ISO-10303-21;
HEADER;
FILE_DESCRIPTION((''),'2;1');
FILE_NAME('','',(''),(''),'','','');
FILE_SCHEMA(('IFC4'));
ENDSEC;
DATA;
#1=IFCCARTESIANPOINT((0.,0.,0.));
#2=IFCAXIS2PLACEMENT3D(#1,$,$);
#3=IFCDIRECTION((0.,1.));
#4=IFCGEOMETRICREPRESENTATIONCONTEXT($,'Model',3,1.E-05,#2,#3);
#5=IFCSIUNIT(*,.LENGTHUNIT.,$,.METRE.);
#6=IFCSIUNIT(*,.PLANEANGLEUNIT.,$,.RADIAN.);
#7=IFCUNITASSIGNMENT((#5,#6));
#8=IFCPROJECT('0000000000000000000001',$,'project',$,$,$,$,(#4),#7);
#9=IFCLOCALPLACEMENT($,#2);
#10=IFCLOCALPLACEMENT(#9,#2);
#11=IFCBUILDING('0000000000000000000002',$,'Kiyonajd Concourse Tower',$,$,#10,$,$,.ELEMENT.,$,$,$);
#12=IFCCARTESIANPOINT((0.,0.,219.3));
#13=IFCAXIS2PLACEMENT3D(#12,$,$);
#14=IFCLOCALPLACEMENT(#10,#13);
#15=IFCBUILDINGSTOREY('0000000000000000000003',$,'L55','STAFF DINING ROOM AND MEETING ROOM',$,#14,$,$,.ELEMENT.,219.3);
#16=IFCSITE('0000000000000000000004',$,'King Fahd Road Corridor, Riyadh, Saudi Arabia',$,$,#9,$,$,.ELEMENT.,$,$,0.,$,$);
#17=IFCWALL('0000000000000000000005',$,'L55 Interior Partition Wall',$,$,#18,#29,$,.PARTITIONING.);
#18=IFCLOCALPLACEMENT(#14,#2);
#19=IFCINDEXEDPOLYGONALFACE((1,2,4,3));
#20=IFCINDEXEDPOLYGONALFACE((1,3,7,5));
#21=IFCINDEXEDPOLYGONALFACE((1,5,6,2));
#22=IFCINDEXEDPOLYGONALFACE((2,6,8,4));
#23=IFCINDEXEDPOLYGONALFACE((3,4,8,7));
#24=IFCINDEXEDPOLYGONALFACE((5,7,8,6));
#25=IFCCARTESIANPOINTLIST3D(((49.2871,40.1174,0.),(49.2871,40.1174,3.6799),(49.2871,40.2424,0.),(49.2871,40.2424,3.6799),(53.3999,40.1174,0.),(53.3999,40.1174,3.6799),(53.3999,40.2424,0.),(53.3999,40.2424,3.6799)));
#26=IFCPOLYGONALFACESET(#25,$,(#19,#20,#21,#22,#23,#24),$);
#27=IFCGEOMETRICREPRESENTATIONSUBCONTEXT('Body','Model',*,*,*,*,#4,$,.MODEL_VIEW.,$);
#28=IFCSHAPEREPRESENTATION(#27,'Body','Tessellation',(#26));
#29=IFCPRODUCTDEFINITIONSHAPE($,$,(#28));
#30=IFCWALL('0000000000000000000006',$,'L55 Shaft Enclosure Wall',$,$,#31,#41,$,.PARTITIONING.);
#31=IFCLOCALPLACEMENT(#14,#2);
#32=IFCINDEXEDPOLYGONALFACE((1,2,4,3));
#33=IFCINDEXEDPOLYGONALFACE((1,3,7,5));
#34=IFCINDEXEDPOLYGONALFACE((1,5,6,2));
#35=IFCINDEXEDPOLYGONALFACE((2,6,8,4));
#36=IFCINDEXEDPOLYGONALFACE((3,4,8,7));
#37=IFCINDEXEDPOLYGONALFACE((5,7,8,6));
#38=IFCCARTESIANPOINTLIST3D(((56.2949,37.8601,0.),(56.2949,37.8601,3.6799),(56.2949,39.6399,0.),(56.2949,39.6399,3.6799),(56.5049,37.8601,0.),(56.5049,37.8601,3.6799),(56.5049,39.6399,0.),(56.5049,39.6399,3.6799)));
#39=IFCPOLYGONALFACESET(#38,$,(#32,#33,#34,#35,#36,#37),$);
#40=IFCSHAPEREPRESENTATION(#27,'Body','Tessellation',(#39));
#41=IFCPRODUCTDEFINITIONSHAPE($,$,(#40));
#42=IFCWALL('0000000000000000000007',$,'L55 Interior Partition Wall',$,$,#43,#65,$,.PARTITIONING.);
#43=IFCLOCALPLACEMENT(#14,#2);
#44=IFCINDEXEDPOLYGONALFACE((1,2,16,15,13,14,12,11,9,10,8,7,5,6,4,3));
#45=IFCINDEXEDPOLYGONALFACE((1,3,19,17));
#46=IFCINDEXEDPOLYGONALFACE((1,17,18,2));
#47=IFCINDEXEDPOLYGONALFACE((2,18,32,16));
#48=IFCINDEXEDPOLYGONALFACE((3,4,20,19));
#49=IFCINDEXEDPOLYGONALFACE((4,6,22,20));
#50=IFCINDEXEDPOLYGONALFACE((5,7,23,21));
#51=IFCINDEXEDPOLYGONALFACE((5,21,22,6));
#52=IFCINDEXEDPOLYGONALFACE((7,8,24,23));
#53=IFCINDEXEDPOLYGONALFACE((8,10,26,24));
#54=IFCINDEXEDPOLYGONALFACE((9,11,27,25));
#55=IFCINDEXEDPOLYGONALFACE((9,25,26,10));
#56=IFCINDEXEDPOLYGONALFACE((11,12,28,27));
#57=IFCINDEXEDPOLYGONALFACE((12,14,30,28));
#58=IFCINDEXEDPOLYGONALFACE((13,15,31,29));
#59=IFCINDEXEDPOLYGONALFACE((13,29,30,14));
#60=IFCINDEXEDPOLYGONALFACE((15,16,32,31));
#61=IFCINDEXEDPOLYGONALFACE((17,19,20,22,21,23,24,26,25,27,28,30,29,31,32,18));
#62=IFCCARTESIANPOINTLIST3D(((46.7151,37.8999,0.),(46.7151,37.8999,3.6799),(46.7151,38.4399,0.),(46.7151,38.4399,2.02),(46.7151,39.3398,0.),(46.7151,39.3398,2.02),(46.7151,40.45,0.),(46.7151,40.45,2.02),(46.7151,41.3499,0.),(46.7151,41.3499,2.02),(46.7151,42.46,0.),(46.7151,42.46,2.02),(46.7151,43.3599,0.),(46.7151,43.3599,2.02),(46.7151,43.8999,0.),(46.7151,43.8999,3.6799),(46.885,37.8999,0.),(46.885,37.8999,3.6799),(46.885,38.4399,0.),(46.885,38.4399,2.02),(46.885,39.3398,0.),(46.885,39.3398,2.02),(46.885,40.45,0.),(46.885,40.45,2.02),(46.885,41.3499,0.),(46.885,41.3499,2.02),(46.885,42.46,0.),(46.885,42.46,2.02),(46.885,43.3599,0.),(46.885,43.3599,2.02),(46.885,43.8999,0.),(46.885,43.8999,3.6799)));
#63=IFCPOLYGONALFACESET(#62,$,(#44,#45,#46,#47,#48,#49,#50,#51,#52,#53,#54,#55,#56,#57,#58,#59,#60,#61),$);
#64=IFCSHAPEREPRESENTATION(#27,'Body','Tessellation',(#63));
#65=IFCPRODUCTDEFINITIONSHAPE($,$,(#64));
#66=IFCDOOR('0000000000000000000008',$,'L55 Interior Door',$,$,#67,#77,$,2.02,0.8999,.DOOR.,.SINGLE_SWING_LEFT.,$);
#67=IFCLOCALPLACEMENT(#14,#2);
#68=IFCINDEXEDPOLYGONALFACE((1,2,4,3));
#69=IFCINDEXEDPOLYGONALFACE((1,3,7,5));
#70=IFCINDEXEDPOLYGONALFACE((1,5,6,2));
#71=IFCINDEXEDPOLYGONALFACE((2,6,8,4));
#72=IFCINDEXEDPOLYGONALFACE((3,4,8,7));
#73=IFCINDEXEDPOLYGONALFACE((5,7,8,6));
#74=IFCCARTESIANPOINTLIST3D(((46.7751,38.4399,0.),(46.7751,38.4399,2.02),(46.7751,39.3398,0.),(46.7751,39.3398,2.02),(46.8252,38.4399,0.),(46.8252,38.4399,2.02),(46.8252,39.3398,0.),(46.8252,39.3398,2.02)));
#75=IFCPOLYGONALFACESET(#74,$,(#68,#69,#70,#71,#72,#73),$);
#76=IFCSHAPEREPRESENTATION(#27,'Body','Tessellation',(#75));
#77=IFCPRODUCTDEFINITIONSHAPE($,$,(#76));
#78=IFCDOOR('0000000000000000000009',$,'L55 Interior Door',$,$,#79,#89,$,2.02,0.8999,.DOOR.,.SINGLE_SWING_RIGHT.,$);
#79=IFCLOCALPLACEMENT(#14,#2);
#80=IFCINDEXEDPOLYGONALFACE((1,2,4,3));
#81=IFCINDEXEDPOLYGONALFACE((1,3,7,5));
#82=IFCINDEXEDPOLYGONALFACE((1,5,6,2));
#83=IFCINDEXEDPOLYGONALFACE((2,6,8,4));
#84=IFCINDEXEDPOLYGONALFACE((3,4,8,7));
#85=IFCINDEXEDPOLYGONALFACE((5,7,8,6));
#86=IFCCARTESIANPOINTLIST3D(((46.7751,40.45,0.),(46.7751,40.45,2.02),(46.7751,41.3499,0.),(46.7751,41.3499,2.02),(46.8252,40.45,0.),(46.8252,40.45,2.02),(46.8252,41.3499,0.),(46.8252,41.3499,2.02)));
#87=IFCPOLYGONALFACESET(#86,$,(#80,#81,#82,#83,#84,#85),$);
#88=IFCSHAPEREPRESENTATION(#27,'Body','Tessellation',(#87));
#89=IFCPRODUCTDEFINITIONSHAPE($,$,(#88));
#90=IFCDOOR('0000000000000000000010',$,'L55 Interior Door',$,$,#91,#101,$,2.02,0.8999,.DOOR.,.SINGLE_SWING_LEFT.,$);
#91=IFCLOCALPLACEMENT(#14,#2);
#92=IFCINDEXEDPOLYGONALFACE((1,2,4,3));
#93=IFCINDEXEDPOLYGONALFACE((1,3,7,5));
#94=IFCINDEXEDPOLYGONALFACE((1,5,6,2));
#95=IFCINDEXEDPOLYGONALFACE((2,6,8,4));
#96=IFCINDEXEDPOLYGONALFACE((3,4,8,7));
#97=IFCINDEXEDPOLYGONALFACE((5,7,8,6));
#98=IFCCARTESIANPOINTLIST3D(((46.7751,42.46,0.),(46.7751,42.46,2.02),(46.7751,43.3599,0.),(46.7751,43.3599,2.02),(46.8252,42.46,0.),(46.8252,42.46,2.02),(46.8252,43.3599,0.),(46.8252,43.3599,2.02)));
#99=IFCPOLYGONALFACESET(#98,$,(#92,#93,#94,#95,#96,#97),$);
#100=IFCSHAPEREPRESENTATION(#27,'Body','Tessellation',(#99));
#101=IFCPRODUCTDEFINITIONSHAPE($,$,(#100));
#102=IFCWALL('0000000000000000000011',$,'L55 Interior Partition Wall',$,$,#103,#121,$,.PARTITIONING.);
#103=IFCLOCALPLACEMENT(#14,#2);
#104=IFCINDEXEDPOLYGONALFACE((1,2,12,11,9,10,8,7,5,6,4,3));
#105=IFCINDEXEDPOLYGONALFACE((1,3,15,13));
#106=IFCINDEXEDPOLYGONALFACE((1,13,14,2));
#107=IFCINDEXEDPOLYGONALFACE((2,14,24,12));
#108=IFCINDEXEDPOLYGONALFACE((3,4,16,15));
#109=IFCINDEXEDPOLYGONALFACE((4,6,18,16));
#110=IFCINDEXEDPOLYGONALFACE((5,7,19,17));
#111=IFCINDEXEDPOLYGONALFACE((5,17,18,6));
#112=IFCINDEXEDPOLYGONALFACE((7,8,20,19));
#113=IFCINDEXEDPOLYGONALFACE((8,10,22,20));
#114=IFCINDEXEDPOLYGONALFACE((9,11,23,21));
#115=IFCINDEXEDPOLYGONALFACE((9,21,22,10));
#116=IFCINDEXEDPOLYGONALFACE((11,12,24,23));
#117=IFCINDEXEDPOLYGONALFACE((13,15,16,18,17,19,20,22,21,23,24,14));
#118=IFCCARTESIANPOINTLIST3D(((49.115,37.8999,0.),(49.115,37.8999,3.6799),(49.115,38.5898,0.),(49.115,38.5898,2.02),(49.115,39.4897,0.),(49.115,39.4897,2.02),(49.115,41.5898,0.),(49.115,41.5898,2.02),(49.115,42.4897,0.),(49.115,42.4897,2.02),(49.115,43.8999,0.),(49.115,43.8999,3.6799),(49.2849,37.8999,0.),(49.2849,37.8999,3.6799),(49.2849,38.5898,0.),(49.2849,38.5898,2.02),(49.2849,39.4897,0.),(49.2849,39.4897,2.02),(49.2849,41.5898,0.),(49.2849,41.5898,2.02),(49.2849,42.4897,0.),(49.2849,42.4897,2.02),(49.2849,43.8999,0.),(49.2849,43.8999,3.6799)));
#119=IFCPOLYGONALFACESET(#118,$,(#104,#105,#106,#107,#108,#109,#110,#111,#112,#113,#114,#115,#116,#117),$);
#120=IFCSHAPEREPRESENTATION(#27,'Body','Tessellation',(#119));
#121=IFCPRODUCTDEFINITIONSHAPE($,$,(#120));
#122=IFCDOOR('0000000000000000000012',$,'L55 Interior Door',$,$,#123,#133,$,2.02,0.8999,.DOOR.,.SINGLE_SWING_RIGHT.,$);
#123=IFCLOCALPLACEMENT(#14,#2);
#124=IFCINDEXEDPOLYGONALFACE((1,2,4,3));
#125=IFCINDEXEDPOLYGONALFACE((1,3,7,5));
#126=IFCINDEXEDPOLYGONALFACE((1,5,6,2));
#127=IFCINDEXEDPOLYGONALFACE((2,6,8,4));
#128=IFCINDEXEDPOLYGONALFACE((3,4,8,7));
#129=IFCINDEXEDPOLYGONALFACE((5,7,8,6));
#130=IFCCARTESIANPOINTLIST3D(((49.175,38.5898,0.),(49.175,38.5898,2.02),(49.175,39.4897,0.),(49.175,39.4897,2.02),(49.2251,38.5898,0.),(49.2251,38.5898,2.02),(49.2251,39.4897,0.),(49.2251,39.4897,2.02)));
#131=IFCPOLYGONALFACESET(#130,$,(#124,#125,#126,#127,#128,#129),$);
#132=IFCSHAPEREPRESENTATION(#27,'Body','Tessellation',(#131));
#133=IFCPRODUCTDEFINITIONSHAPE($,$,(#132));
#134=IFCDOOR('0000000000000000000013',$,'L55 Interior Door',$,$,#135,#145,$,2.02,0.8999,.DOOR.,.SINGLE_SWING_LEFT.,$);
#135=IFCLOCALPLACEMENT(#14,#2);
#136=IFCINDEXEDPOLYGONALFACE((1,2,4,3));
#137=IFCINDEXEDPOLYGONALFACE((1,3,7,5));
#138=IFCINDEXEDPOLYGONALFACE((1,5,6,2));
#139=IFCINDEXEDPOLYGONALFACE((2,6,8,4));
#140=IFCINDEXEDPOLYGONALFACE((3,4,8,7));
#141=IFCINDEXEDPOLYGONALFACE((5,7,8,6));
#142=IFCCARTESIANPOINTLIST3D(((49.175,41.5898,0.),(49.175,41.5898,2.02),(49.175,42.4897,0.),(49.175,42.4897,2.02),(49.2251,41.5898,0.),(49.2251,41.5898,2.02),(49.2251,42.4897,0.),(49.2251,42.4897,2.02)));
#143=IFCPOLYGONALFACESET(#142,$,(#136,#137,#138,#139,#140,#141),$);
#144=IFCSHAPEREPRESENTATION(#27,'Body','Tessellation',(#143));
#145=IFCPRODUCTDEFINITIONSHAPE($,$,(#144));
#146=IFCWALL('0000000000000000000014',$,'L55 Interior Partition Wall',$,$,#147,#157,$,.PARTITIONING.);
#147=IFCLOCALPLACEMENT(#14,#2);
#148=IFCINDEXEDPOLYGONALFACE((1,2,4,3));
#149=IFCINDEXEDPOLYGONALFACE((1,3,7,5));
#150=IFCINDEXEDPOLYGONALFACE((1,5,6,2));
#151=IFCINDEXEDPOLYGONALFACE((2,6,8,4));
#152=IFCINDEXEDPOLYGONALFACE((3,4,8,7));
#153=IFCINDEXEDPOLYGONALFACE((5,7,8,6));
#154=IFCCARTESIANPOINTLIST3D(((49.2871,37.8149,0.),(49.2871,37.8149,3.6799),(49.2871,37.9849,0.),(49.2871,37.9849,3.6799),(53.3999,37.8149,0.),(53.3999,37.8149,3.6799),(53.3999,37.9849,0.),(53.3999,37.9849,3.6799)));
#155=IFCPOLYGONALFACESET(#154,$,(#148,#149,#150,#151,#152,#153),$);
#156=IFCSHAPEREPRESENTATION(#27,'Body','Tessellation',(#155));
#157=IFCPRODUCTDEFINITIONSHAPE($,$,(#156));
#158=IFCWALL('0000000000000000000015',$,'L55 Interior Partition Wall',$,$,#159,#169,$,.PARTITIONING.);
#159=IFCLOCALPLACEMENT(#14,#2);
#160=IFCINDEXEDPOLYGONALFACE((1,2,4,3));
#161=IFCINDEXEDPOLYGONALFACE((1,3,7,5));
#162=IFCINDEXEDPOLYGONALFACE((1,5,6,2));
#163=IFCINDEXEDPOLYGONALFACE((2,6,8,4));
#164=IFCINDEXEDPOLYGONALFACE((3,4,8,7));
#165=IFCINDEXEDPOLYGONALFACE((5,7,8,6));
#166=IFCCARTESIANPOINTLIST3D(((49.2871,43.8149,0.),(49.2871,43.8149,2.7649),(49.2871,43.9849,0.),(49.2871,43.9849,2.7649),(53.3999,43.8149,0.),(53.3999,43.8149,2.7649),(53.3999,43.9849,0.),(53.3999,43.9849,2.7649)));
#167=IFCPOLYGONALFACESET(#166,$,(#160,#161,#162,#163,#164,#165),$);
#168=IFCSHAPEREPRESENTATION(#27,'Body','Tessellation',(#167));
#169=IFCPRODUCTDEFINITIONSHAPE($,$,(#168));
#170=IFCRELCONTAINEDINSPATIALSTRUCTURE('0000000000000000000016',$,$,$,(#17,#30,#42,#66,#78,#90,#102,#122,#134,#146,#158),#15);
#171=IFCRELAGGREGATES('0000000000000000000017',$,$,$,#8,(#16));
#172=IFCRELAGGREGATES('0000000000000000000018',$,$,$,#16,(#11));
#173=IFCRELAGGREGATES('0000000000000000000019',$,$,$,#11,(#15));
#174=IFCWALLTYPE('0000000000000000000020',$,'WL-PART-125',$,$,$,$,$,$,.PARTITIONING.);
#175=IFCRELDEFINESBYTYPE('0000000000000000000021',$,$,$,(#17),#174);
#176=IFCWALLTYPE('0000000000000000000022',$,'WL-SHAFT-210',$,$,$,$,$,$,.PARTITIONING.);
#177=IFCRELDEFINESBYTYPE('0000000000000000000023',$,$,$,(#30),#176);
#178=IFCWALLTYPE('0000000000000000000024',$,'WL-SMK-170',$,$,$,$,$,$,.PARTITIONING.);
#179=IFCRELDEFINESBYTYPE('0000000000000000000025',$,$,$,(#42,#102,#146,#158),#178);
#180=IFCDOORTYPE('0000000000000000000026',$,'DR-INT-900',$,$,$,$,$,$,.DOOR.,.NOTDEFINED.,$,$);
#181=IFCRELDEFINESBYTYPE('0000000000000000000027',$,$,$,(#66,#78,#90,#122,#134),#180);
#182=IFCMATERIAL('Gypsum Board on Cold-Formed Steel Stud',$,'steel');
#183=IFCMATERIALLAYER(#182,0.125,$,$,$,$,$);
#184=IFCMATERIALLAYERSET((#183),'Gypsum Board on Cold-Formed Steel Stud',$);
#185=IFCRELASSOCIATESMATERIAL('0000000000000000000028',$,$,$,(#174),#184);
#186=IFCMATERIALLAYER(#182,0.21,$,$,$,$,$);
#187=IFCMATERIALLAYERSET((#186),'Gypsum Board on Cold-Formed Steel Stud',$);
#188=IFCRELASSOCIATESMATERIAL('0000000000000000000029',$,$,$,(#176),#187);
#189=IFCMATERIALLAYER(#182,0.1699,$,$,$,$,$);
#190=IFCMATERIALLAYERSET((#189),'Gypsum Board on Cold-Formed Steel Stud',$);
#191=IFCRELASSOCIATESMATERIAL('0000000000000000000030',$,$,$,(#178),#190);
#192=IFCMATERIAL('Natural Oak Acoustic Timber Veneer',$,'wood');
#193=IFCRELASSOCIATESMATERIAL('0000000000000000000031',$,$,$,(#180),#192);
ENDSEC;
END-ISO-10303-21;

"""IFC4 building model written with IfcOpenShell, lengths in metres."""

from ifc_helpers import new_model, si_unit, direction, frame, frame_2d, origin, place, context, subcontext, project, spatial, rectangle, extrude, material, layer, layer_set, type_object, element, fill, save


model = new_model("IFC4")

# Units and contexts
model_context = context("Model", 3, precision=1e-05, world=origin(), true_north=direction((0.0, 1.0)))
body_context = subcontext(model_context, "Body", "Model", "MODEL_VIEW")
ifc_project = project(units=[si_unit("LENGTHUNIT", "METRE"), si_unit("PLANEANGLEUNIT", "RADIAN")], contexts=[model_context])

# Site, building, storey
site_placement = place(None, origin())
site = spatial("IfcSite", under=ifc_project, at=site_placement, Name="King Fahd Road Corridor, Riyadh, Saudi Arabia", CompositionType="ELEMENT", RefElevation=0.0)
building_placement = place(site_placement, origin())
building = spatial("IfcBuilding", under=site, at=building_placement, Name="Kiyonajd Concourse Tower", CompositionType="ELEMENT")
storey_placement = place(building_placement, frame((0.0, 0.0, 219.3)))
storey = spatial("IfcBuildingStorey", under=building, at=storey_placement, Name="L55", Description="STAFF DINING ROOM AND MEETING ROOM", CompositionType="ELEMENT", Elevation=219.3)

# Walls
ifc_material_1 = material(Name="Gypsum Board on Cold-Formed Steel Stud", Category="steel")
ifc_layer_1 = layer(ifc_material_1, 0.125)
ifc_layer_set_1 = layer_set([ifc_layer_1], Name="Gypsum Board on Cold-Formed Steel Stud")
wall_type_1 = type_object("IfcWallType", Name="WL-PART-125", PredefinedType="PARTITIONING", material=ifc_layer_set_1)
wall_1_placement = place(storey_placement, frame((49.2871, 40.1799, 0.0), z_axis=(0.0, 0.0, 1.0), x_axis=(1.0, 0.0, 0.0)))
element("IfcWall", 1, at=wall_1_placement, inside=storey, type_object=wall_type_1, Name="L55 Interior Partition Wall", PredefinedType="PARTITIONING", context=body_context, shape_type="SweptSolid", body=[
    extrude(rectangle(XDim=4.1128, YDim=0.125, at=frame_2d((2.0564, 0.0))), origin(), (0.0, 0.0, 1.0), 3.6799),
])
ifc_layer_2 = layer(ifc_material_1, 0.21)
ifc_layer_set_2 = layer_set([ifc_layer_2], Name="Gypsum Board on Cold-Formed Steel Stud")
wall_type_2 = type_object("IfcWallType", Name="WL-SHAFT-210", PredefinedType="PARTITIONING", material=ifc_layer_set_2)
wall_2_placement = place(storey_placement, frame((56.3999, 37.8601, 0.0), z_axis=(0.0, 0.0, 1.0), x_axis=(0.0, 1.0, 0.0)))
element("IfcWall", 2, at=wall_2_placement, inside=storey, type_object=wall_type_2, Name="L55 Shaft Enclosure Wall", PredefinedType="PARTITIONING", context=body_context, shape_type="SweptSolid", body=[
    extrude(rectangle(XDim=1.7798, YDim=0.21, at=frame_2d((0.8899, 0.0))), origin(), (0.0, 0.0, 1.0), 3.6799),
])

# Walls, openings, doors
ifc_layer_3 = layer(ifc_material_1, 0.1699)
ifc_layer_set_3 = layer_set([ifc_layer_3], Name="Gypsum Board on Cold-Formed Steel Stud")
wall_type_3 = type_object("IfcWallType", Name="WL-SMK-170", PredefinedType="PARTITIONING", material=ifc_layer_set_3)
wall_3_placement = place(storey_placement, frame((46.8, 37.8999, 0.0), z_axis=(0.0, 0.0, 1.0), x_axis=(0.0, 1.0, 0.0)))
wall_3 = element("IfcWall", 3, at=wall_3_placement, inside=storey, type_object=wall_type_3, Name="L55 Interior Partition Wall", PredefinedType="PARTITIONING", context=body_context, shape_type="SweptSolid", body=[
    extrude(rectangle(XDim=6.0, YDim=0.1699, at=frame_2d((3.0, 0.0))), origin(), (0.0, 0.0, 1.0), 3.6799),
])
opening_1_placement = place(wall_3_placement, frame((0.54, 0.0, 0.0)))
opening_1 = element("IfcOpeningElement", 4, at=opening_1_placement, cuts=wall_3, PredefinedType="OPENING", context=body_context, shape_type="SweptSolid", body=[
    extrude(rectangle(XDim=0.8999, YDim=2.02, at=frame_2d((0.45, 1.01))), frame((0.0, 0.095, 0.0), z_axis=(0.0, -1.0, 0.0), x_axis=(1.0, 0.0, 0.0)), (0.0, 0.0, 1.0), 0.1899),
])
opening_2_placement = place(wall_3_placement, frame((2.55, 0.0, 0.0)))
opening_2 = element("IfcOpeningElement", 5, at=opening_2_placement, cuts=wall_3, PredefinedType="OPENING", context=body_context, shape_type="SweptSolid", body=[
    extrude(rectangle(XDim=0.8999, YDim=2.02, at=frame_2d((0.45, 1.01))), frame((0.0, 0.095, 0.0), z_axis=(0.0, -1.0, 0.0), x_axis=(1.0, 0.0, 0.0)), (0.0, 0.0, 1.0), 0.1899),
])
opening_3_placement = place(wall_3_placement, frame((4.5601, 0.0, 0.0)))
opening_3 = element("IfcOpeningElement", 6, at=opening_3_placement, cuts=wall_3, PredefinedType="OPENING", context=body_context, shape_type="SweptSolid", body=[
    extrude(rectangle(XDim=0.8999, YDim=2.02, at=frame_2d((0.45, 1.01))), frame((0.0, 0.095, 0.0), z_axis=(0.0, -1.0, 0.0), x_axis=(1.0, 0.0, 0.0)), (0.0, 0.0, 1.0), 0.1899),
])
ifc_material_2 = material(Name="Natural Oak Acoustic Timber Veneer", Category="wood")
door_type_1 = type_object("IfcDoorType", Name="DR-INT-900", OperationType="NOTDEFINED", PredefinedType="DOOR", material=ifc_material_2)
door_1_placement = place(opening_1_placement, origin())
door_1 = element("IfcDoor", 7, at=door_1_placement, inside=storey, type_object=door_type_1, Name="L55 Interior Door", OperationType="SINGLE_SWING_LEFT", OverallHeight=2.02, OverallWidth=0.8999, PredefinedType="DOOR", context=body_context, shape_type="SweptSolid", body=[
    extrude(rectangle(XDim=0.8999, YDim=2.02, at=frame_2d((0.45, 1.01))), frame((0.0, 0.0249, 0.0), z_axis=(0.0, -1.0, 0.0), x_axis=(1.0, 0.0, 0.0)), (0.0, 0.0, 1.0), 0.05),
])
fill(opening_1, door_1)
door_2_placement = place(opening_2_placement, origin())
door_2 = element("IfcDoor", 8, at=door_2_placement, inside=storey, type_object=door_type_1, Name="L55 Interior Door", OperationType="SINGLE_SWING_RIGHT", OverallHeight=2.02, OverallWidth=0.8999, PredefinedType="DOOR", context=body_context, shape_type="SweptSolid", body=[
    extrude(rectangle(XDim=0.8999, YDim=2.02, at=frame_2d((0.45, 1.01))), frame((0.0, 0.0249, 0.0), z_axis=(0.0, -1.0, 0.0), x_axis=(1.0, 0.0, 0.0)), (0.0, 0.0, 1.0), 0.05),
])
fill(opening_2, door_2)
door_3_placement = place(opening_3_placement, origin())
door_3 = element("IfcDoor", 9, at=door_3_placement, inside=storey, type_object=door_type_1, Name="L55 Interior Door", OperationType="SINGLE_SWING_LEFT", OverallHeight=2.02, OverallWidth=0.8999, PredefinedType="DOOR", context=body_context, shape_type="SweptSolid", body=[
    extrude(rectangle(XDim=0.8999, YDim=2.02, at=frame_2d((0.45, 1.01))), frame((0.0, 0.0249, 0.0), z_axis=(0.0, -1.0, 0.0), x_axis=(1.0, 0.0, 0.0)), (0.0, 0.0, 1.0), 0.05),
])
fill(opening_3, door_3)
wall_4_placement = place(storey_placement, frame((49.2, 37.8999, 0.0), z_axis=(0.0, 0.0, 1.0), x_axis=(0.0, 1.0, 0.0)))
wall_4 = element("IfcWall", 10, at=wall_4_placement, inside=storey, type_object=wall_type_3, Name="L55 Interior Partition Wall", PredefinedType="PARTITIONING", context=body_context, shape_type="SweptSolid", body=[
    extrude(rectangle(XDim=6.0, YDim=0.1699, at=frame_2d((3.0, 0.0))), origin(), (0.0, 0.0, 1.0), 3.6799),
])
opening_4_placement = place(wall_4_placement, frame((0.6899, 0.0, 0.0)))
opening_4 = element("IfcOpeningElement", 11, at=opening_4_placement, cuts=wall_4, PredefinedType="OPENING", context=body_context, shape_type="SweptSolid", body=[
    extrude(rectangle(XDim=0.8999, YDim=2.02, at=frame_2d((0.45, 1.01))), frame((0.0, 0.095, 0.0), z_axis=(0.0, -1.0, 0.0), x_axis=(1.0, 0.0, 0.0)), (0.0, 0.0, 1.0), 0.1899),
])
opening_5_placement = place(wall_4_placement, frame((3.6899, 0.0, 0.0)))
opening_5 = element("IfcOpeningElement", 12, at=opening_5_placement, cuts=wall_4, PredefinedType="OPENING", context=body_context, shape_type="SweptSolid", body=[
    extrude(rectangle(XDim=0.8999, YDim=2.02, at=frame_2d((0.45, 1.01))), frame((0.0, 0.095, 0.0), z_axis=(0.0, -1.0, 0.0), x_axis=(1.0, 0.0, 0.0)), (0.0, 0.0, 1.0), 0.1899),
])
door_4_placement = place(opening_4_placement, origin())
door_4 = element("IfcDoor", 13, at=door_4_placement, inside=storey, type_object=door_type_1, Name="L55 Interior Door", OperationType="SINGLE_SWING_RIGHT", OverallHeight=2.02, OverallWidth=0.8999, PredefinedType="DOOR", context=body_context, shape_type="SweptSolid", body=[
    extrude(rectangle(XDim=0.8999, YDim=2.02, at=frame_2d((0.45, 1.01))), frame((0.0, 0.0249, 0.0), z_axis=(0.0, -1.0, 0.0), x_axis=(1.0, 0.0, 0.0)), (0.0, 0.0, 1.0), 0.05),
])
fill(opening_4, door_4)
door_5_placement = place(opening_5_placement, origin())
door_5 = element("IfcDoor", 14, at=door_5_placement, inside=storey, type_object=door_type_1, Name="L55 Interior Door", OperationType="SINGLE_SWING_LEFT", OverallHeight=2.02, OverallWidth=0.8999, PredefinedType="DOOR", context=body_context, shape_type="SweptSolid", body=[
    extrude(rectangle(XDim=0.8999, YDim=2.02, at=frame_2d((0.45, 1.01))), frame((0.0, 0.0249, 0.0), z_axis=(0.0, -1.0, 0.0), x_axis=(1.0, 0.0, 0.0)), (0.0, 0.0, 1.0), 0.05),
])
fill(opening_5, door_5)

# Walls
wall_5_placement = place(storey_placement, frame((49.2871, 37.8999, 0.0), z_axis=(0.0, 0.0, 1.0), x_axis=(1.0, 0.0, 0.0)))
element("IfcWall", 15, at=wall_5_placement, inside=storey, type_object=wall_type_3, Name="L55 Interior Partition Wall", PredefinedType="PARTITIONING", context=body_context, shape_type="SweptSolid", body=[
    extrude(rectangle(XDim=4.1128, YDim=0.1699, at=frame_2d((2.0564, 0.0))), origin(), (0.0, 0.0, 1.0), 3.6799),
])
wall_6_placement = place(storey_placement, frame((49.2871, 43.8999, 0.0), z_axis=(0.0, 0.0, 1.0), x_axis=(1.0, 0.0, 0.0)))
element("IfcWall", 16, at=wall_6_placement, inside=storey, type_object=wall_type_3, Name="L55 Interior Partition Wall", PredefinedType="PARTITIONING", context=body_context, shape_type="SweptSolid", body=[
    extrude(rectangle(XDim=4.1128, YDim=0.1699, at=frame_2d((2.0564, 0.0))), origin(), (0.0, 0.0, 1.0), 2.7649),
])

save(model, "model.ifc")
